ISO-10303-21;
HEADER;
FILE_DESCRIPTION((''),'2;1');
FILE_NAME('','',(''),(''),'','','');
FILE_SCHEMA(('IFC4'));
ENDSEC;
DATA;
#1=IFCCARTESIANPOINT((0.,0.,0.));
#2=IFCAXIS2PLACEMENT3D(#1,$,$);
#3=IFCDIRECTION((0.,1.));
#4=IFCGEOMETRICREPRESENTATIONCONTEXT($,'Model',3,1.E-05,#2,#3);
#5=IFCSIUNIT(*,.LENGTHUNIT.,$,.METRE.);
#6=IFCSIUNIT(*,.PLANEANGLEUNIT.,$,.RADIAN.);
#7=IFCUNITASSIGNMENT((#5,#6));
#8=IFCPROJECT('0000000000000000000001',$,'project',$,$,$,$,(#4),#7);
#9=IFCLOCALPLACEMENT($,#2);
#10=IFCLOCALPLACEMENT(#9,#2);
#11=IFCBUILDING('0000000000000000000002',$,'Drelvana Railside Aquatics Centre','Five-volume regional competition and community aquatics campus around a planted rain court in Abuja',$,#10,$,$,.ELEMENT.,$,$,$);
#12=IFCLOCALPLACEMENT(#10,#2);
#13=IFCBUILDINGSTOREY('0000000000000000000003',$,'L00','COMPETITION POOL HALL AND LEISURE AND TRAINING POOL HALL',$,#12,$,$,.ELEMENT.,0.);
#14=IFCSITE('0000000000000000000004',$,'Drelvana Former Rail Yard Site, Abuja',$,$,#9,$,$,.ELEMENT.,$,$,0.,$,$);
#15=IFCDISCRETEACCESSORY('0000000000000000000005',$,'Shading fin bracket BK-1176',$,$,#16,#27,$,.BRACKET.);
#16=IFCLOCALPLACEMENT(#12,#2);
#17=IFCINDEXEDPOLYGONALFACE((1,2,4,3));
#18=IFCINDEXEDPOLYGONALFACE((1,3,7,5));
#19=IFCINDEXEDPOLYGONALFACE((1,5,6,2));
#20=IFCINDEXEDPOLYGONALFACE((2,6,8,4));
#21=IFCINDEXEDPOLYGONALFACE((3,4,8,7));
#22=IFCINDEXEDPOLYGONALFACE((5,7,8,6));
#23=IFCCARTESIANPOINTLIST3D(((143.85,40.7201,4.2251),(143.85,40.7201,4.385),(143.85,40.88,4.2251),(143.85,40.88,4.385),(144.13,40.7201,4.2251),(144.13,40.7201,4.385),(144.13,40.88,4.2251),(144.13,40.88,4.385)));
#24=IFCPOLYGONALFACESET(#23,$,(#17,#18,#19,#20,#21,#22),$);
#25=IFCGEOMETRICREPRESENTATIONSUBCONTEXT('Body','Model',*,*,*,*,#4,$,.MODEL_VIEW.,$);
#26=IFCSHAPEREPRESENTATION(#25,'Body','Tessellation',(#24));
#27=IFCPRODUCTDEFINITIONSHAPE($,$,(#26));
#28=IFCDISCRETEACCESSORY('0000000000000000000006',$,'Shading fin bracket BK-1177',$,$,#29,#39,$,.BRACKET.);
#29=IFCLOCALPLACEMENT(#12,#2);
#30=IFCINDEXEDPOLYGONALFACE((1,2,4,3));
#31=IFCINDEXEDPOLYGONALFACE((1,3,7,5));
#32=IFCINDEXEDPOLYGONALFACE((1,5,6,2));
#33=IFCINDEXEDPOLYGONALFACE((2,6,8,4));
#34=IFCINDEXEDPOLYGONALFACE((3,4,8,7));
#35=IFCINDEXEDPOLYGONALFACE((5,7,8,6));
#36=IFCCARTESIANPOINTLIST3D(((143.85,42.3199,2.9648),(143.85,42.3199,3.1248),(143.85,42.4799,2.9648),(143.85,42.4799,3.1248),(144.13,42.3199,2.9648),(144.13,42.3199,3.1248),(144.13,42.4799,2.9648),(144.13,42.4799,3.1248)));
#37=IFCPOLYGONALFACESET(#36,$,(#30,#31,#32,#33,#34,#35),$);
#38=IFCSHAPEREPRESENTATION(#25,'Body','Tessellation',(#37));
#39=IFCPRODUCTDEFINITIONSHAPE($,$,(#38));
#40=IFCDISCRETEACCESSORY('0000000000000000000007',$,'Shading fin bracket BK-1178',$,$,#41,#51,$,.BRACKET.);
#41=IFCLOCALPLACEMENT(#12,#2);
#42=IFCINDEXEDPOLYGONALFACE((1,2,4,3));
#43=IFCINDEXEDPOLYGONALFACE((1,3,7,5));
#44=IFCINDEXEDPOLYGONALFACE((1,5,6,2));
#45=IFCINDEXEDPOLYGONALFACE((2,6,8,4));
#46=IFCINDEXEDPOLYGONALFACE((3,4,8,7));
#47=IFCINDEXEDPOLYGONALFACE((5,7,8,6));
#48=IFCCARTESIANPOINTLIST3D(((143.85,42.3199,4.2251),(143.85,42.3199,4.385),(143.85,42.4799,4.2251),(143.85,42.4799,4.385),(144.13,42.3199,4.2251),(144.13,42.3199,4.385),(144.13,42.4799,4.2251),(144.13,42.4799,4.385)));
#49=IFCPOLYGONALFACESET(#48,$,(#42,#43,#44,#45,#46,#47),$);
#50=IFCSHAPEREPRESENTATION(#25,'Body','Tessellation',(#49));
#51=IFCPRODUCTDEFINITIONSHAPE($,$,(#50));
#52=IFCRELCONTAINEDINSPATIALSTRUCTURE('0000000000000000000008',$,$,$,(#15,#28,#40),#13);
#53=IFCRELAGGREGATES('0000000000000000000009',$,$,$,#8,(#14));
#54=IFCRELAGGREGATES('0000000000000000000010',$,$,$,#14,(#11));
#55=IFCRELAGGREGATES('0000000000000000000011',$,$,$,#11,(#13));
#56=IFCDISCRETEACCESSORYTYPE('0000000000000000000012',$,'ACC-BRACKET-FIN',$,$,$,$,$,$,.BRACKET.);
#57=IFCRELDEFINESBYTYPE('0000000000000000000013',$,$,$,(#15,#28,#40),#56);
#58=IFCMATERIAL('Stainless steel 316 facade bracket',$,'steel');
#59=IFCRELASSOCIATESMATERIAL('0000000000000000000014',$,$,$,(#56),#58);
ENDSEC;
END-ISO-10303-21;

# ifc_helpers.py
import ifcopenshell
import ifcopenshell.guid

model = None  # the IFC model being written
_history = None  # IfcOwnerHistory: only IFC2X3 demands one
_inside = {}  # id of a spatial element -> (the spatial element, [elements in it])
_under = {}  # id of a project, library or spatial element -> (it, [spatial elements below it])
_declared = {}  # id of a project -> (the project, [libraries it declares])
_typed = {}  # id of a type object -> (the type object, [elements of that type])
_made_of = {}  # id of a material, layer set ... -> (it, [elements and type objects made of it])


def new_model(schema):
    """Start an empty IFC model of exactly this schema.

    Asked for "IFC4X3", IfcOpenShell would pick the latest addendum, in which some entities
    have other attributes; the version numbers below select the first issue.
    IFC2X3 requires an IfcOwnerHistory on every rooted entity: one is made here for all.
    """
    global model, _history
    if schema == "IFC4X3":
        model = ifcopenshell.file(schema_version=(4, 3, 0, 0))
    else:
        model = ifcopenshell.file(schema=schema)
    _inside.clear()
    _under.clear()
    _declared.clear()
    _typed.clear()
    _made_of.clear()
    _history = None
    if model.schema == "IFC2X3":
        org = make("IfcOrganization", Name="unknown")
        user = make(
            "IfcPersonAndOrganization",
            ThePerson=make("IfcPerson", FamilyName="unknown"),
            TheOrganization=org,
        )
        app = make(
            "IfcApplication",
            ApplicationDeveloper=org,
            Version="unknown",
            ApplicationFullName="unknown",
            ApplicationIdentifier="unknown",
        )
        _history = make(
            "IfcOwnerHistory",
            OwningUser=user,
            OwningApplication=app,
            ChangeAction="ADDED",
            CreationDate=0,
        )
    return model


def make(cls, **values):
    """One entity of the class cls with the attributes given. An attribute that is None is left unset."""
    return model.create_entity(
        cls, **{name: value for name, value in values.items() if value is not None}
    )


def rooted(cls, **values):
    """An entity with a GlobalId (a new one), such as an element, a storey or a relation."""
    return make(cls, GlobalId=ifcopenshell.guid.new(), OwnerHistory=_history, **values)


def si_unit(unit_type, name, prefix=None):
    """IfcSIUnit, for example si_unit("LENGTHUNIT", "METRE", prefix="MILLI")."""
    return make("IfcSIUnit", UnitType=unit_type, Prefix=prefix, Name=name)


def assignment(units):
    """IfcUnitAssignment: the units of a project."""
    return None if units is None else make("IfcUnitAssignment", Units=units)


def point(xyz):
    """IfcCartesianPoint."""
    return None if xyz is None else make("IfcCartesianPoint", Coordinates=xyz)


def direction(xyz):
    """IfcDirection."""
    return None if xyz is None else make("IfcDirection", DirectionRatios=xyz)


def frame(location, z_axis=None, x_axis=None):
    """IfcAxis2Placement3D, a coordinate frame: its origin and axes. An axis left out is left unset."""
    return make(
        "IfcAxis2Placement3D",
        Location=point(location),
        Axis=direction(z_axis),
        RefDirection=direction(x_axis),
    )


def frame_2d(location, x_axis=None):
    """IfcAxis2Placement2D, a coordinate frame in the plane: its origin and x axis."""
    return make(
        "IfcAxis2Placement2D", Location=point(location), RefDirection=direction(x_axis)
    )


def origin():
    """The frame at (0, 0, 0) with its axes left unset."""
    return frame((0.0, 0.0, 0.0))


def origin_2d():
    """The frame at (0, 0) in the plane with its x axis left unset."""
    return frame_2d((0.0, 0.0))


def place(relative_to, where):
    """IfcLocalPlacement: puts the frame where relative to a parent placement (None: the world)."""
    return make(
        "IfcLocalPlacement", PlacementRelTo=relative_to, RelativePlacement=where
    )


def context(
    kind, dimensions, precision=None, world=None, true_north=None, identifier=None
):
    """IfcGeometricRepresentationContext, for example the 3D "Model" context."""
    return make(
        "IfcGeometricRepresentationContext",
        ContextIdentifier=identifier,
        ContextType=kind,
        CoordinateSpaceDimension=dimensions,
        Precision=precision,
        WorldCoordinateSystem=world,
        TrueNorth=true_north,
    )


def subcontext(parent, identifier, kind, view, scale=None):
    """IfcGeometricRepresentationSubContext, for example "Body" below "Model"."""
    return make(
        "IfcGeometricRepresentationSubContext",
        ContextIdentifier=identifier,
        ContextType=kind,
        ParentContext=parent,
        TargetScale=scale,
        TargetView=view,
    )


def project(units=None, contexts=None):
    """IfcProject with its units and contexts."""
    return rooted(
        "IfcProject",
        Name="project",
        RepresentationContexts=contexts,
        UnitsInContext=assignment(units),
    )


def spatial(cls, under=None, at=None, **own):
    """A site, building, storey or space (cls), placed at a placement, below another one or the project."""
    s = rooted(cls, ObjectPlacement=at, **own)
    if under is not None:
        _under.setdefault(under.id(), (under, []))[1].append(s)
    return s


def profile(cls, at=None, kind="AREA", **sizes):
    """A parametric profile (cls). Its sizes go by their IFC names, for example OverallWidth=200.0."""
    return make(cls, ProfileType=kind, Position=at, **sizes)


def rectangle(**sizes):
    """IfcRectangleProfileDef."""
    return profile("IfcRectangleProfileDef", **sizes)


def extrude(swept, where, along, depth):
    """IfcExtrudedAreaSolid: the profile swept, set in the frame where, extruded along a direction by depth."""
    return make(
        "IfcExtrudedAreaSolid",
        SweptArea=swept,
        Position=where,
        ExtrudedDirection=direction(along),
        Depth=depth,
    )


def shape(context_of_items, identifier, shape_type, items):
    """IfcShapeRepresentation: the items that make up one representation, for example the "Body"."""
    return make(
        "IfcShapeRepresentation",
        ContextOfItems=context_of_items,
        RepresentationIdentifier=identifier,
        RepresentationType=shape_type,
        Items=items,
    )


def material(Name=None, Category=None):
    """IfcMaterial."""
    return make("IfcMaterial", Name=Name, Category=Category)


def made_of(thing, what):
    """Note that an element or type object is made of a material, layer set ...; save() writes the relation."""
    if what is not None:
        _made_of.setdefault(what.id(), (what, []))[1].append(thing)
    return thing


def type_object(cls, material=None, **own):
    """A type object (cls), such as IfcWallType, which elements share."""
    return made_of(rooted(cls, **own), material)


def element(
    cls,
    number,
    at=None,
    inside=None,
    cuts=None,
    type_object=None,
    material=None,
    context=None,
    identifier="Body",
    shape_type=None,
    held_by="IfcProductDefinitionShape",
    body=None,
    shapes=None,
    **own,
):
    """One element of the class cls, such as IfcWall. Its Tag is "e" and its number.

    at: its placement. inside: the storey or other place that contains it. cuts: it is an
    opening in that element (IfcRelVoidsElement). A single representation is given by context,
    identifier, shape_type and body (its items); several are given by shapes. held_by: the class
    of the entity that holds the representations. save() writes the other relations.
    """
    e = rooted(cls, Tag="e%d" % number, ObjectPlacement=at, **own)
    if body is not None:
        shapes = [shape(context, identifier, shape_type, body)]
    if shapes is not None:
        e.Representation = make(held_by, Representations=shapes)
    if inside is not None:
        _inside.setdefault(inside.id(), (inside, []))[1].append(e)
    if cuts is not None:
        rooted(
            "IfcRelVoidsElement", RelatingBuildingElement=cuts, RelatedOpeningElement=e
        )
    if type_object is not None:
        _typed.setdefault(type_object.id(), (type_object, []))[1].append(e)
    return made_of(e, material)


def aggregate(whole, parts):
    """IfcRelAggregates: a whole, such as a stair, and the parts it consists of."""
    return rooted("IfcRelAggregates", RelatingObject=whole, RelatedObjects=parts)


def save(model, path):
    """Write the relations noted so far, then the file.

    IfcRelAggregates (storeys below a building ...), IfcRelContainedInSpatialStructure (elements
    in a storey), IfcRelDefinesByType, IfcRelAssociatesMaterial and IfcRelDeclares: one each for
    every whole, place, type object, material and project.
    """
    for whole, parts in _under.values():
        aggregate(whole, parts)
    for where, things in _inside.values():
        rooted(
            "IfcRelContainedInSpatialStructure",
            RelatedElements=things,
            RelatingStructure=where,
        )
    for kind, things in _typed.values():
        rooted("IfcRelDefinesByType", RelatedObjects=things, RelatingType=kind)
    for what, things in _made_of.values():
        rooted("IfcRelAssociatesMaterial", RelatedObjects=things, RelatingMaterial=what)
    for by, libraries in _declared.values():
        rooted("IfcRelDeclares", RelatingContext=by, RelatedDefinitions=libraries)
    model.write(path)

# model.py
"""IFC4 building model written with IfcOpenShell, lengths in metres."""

from ifc_helpers import new_model, si_unit, direction, frame, origin, origin_2d, place, context, subcontext, project, spatial, rectangle, extrude, material, type_object, element, save


model = new_model("IFC4")

# Units and contexts
model_context = context("Model", 3, precision=1e-05, world=origin(), true_north=direction((0.0, 1.0)))
body_context = subcontext(model_context, "Body", "Model", "MODEL_VIEW")
ifc_project = project(units=[si_unit("LENGTHUNIT", "METRE"), si_unit("PLANEANGLEUNIT", "RADIAN")], contexts=[model_context])

# Site, building, storey
site_placement = place(None, origin())
site = spatial("IfcSite", under=ifc_project, at=site_placement, Name="Drelvana Former Rail Yard Site, Abuja", CompositionType="ELEMENT", RefElevation=0.0)
building_placement = place(site_placement, origin())
building = spatial("IfcBuilding", under=site, at=building_placement, Name="Drelvana Railside Aquatics Centre", Description="Five-volume regional competition and community aquatics campus around a planted rain court in Abuja", CompositionType="ELEMENT")
storey_placement = place(building_placement, origin())
storey = spatial("IfcBuildingStorey", under=building, at=storey_placement, Name="L00", Description="COMPETITION POOL HALL AND LEISURE AND TRAINING POOL HALL", CompositionType="ELEMENT", Elevation=0.0)

# Discrete accessories
ifc_material_1 = material(Name="Stainless steel 316 facade bracket", Category="steel")
discrete_accessory_type = type_object("IfcDiscreteAccessoryType", Name="ACC-BRACKET-FIN", PredefinedType="BRACKET", material=ifc_material_1)
for number, where, z_axis, x_axis, name in (
    (1, (143.99, 40.8, 4.2251), (0.0, 0.0, 1.0), (-1.0, 0.0, 0.0), "Shading fin bracket BK-1176"),
    (2, (143.99, 42.3999, 2.9648), (0.0, 0.0, 1.0), (-1.0, 0.0, 0.0), "Shading fin bracket BK-1177"),
    (3, (143.99, 42.3999, 4.2251), (0.0, 0.0, 1.0), (-1.0, 0.0, 0.0), "Shading fin bracket BK-1178"),
):
    element("IfcDiscreteAccessory", number, at=place(storey_placement, frame(where, z_axis=z_axis, x_axis=x_axis)), inside=storey, type_object=discrete_accessory_type, Name=name, PredefinedType="BRACKET", context=body_context, shape_type="SweptSolid", body=[
        extrude(rectangle(XDim=0.28, YDim=0.1599, at=origin_2d()), origin(), (0.0, 0.0, 1.0), 0.1599),
    ])

save(model, "model.ifc")
